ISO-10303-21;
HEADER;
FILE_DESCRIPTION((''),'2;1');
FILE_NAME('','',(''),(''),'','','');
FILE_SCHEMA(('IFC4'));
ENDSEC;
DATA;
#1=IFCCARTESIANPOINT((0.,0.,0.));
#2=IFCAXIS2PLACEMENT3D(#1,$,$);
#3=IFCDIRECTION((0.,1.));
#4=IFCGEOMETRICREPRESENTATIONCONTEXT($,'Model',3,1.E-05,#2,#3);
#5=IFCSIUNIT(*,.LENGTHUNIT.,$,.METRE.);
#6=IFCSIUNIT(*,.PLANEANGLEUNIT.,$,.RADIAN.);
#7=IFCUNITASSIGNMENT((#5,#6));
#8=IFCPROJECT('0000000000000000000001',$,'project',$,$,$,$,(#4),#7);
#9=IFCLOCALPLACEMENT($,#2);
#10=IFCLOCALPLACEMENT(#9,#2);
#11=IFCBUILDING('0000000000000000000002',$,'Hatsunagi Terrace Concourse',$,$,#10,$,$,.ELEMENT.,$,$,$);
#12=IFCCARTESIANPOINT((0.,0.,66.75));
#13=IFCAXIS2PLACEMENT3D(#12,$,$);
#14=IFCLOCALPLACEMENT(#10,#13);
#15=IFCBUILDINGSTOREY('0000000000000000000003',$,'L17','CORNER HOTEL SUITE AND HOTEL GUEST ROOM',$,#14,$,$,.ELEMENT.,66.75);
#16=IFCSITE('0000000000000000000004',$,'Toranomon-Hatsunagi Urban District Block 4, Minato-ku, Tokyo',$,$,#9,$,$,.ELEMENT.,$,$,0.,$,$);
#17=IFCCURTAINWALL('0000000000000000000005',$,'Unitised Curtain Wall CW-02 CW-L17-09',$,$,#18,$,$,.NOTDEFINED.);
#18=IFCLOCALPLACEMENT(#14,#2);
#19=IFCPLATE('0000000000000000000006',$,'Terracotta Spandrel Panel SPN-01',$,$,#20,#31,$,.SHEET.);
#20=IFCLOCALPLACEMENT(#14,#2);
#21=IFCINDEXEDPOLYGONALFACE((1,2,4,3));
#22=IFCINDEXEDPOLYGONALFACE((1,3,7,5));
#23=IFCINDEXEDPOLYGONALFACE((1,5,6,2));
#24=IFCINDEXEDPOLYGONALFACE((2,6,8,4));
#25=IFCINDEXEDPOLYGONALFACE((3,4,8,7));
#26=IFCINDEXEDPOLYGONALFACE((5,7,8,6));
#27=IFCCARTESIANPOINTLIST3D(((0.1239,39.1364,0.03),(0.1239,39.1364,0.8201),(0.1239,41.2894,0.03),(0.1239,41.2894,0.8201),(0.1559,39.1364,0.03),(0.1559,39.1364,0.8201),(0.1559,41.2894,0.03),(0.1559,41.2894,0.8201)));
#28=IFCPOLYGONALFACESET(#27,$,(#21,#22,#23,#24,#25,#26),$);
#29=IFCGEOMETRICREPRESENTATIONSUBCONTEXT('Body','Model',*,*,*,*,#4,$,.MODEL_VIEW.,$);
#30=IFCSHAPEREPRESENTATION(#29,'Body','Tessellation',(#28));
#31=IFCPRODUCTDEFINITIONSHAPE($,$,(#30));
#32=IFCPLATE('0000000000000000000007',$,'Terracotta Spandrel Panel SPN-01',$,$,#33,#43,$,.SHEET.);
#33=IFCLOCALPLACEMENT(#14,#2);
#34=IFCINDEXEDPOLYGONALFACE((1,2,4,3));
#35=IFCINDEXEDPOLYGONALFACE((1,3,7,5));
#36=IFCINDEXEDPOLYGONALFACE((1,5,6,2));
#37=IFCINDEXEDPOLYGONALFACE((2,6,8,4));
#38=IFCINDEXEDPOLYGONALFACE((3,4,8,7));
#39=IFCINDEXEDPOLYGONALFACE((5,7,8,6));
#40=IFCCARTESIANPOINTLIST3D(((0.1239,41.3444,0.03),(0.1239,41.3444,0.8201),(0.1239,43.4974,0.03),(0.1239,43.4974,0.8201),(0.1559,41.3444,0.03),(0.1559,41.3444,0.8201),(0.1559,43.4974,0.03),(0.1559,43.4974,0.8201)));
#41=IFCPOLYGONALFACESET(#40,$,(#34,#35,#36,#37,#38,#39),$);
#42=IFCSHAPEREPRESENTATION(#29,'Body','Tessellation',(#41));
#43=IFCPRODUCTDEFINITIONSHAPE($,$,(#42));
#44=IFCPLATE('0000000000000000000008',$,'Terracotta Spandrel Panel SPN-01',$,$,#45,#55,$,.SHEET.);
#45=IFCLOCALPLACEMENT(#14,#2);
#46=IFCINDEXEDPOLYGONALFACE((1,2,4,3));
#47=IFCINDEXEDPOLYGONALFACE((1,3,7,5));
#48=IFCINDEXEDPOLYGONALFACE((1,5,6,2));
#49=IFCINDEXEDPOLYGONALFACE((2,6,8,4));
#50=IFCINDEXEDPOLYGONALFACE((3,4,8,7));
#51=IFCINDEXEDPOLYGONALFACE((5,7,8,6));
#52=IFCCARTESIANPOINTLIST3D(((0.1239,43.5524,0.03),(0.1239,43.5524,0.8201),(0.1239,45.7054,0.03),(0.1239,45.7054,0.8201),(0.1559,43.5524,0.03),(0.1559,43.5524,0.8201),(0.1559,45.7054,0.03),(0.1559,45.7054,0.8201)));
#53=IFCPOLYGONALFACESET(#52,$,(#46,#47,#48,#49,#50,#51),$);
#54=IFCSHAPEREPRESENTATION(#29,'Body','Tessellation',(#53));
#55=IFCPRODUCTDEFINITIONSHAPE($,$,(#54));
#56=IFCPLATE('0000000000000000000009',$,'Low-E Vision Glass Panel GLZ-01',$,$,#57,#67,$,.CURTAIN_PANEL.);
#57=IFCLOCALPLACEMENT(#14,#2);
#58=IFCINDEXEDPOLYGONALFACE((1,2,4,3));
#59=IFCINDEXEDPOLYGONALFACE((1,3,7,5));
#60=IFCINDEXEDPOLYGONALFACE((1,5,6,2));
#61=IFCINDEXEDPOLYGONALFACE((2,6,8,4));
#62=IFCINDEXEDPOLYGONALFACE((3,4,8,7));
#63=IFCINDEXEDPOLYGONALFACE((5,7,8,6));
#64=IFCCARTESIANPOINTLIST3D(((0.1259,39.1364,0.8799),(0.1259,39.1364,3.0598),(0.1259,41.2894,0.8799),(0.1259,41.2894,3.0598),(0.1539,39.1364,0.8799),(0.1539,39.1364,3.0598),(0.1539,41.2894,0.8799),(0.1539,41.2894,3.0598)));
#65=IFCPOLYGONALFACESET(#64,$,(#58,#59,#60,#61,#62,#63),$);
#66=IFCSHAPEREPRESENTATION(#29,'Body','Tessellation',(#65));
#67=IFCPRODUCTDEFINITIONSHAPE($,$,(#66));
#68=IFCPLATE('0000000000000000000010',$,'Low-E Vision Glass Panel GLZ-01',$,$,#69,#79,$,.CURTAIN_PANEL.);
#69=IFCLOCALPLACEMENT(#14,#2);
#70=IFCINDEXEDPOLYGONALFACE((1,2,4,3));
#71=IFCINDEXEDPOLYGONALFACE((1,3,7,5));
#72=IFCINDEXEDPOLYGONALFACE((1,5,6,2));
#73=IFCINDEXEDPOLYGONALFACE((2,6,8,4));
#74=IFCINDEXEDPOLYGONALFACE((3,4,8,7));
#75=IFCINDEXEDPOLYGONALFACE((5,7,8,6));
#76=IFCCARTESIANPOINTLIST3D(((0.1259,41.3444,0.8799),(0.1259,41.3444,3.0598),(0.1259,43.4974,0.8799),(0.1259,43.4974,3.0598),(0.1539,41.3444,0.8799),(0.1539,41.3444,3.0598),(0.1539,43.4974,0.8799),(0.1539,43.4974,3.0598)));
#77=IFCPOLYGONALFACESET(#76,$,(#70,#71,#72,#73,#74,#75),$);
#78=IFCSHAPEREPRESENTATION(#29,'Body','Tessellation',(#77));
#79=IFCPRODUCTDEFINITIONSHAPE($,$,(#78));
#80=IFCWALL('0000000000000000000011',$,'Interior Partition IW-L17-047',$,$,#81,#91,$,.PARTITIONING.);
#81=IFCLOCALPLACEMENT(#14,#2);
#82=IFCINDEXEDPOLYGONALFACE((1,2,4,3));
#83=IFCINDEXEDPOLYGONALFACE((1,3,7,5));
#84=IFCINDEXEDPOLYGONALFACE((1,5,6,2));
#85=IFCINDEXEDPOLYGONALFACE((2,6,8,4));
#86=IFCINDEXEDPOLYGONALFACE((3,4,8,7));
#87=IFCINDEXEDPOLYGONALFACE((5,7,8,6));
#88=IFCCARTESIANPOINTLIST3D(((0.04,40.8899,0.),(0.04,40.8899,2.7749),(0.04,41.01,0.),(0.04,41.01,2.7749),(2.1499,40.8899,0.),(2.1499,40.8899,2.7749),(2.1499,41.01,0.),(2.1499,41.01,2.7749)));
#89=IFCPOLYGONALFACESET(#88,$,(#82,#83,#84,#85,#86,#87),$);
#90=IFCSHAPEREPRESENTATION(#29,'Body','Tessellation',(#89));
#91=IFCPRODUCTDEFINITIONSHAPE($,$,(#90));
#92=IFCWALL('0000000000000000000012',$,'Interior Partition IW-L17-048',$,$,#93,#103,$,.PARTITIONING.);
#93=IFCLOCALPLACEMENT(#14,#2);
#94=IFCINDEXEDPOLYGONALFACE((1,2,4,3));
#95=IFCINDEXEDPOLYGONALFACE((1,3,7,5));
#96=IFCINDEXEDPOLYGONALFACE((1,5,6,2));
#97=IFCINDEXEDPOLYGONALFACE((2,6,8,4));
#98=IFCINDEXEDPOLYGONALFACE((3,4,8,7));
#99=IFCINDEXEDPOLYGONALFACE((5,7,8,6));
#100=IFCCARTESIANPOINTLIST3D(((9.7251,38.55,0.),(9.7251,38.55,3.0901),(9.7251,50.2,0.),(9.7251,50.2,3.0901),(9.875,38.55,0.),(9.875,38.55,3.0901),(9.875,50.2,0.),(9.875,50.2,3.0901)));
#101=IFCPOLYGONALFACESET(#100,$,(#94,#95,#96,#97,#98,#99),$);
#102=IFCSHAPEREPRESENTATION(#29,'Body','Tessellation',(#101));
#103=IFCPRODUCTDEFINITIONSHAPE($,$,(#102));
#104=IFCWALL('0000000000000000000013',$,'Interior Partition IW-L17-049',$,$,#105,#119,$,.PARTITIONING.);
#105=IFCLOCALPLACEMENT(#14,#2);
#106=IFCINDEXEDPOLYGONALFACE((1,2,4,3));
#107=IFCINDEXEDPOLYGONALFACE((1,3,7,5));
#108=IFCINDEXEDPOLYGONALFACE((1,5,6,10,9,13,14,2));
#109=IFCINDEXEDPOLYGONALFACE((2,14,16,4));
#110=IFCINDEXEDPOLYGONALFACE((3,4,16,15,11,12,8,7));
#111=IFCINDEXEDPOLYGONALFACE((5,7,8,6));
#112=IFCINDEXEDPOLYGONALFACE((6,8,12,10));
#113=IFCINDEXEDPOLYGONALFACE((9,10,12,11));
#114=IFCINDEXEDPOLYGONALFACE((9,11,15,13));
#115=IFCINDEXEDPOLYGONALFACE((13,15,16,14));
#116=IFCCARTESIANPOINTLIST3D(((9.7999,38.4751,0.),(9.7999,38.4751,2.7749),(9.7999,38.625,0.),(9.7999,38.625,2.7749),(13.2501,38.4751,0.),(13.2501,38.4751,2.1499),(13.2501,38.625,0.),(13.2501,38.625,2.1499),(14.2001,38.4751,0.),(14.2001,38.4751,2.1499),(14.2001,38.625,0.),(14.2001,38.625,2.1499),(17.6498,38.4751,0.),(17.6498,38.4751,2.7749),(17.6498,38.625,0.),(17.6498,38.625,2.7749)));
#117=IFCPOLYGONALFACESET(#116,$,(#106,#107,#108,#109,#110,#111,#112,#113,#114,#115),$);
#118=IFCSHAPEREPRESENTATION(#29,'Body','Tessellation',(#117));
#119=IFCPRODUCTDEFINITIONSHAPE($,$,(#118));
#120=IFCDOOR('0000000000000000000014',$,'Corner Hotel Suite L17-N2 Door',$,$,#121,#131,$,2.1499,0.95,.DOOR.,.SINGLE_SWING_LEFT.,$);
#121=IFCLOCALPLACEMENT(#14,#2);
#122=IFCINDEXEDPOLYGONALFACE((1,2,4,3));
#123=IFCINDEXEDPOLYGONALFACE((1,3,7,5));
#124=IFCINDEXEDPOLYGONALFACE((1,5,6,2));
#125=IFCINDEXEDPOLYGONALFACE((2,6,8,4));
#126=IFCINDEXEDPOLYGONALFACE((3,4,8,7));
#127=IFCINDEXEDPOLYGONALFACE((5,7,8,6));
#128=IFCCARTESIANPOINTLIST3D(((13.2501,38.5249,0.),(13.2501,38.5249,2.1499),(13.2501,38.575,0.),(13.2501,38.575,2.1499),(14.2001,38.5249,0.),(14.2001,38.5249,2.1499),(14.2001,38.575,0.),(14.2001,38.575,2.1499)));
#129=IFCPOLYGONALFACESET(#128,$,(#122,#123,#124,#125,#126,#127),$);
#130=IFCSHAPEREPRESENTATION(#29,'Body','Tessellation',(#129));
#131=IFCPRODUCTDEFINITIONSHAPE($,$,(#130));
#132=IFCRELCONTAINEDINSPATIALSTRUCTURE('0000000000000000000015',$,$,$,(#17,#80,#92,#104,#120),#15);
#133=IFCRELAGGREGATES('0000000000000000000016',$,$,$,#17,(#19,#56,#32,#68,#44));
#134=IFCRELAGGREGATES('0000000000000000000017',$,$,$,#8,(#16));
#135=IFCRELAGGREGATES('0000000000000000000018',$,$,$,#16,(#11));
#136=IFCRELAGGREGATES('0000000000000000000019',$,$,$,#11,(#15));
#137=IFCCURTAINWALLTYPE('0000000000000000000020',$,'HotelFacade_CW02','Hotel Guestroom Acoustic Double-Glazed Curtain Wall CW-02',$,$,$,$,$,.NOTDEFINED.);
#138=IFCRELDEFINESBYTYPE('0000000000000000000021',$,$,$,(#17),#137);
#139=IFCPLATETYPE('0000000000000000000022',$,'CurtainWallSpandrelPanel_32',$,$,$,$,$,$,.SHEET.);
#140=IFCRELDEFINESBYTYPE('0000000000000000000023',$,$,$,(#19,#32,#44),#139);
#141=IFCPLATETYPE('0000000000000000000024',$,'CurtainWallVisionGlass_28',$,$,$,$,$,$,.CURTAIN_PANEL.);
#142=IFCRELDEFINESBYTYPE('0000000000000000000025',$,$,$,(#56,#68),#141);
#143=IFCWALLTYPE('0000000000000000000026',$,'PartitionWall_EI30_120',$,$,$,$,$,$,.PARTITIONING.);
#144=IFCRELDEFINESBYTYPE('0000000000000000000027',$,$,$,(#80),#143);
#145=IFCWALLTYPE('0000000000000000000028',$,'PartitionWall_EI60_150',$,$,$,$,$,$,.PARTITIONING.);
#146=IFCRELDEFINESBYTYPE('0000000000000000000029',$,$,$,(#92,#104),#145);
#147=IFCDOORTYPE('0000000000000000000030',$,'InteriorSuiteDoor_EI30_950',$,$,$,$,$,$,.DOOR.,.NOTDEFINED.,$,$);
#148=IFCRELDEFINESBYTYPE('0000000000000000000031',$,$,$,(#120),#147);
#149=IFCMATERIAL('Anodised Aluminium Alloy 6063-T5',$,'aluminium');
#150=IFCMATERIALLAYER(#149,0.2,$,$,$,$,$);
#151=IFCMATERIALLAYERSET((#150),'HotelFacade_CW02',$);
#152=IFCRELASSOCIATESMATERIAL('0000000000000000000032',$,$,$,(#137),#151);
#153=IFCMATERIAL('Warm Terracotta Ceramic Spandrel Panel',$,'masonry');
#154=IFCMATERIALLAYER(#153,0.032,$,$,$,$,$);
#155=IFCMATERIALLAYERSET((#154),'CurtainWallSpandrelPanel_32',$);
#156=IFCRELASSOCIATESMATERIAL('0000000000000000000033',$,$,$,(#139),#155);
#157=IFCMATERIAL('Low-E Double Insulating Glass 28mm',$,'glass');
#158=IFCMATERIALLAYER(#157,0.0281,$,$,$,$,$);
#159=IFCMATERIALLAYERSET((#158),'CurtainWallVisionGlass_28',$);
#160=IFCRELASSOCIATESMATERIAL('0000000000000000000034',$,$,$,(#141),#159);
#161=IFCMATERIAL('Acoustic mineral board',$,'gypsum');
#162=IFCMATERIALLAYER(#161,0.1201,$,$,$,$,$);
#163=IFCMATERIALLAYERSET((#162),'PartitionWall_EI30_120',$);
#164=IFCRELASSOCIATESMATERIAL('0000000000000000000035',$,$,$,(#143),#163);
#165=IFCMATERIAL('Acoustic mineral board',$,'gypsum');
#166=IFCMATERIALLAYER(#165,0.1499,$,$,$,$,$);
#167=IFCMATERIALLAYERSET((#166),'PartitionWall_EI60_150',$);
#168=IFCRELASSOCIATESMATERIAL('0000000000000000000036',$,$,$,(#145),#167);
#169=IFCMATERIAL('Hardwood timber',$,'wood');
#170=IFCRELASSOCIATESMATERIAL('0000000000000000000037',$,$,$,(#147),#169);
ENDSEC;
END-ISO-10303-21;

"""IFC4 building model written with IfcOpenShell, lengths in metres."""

from ifc_helpers import new_model, si_unit, direction, frame, frame_2d, origin, origin_2d, place, context, subcontext, project, spatial, rectangle, extrude, material, layer, layer_set, type_object, element, fill, aggregate, save


model = new_model("IFC4")

# Units and contexts
model_context = context("Model", 3, precision=1e-05, world=origin(), true_north=direction((0.0, 1.0)))
body_context = subcontext(model_context, "Body", "Model", "MODEL_VIEW")
ifc_project = project(units=[si_unit("LENGTHUNIT", "METRE"), si_unit("PLANEANGLEUNIT", "RADIAN")], contexts=[model_context])

# Site, building, storey
site_placement = place(None, origin())
site = spatial("IfcSite", under=ifc_project, at=site_placement, Name="Toranomon-Hatsunagi Urban District Block 4, Minato-ku, Tokyo", CompositionType="ELEMENT", RefElevation=0.0)
building_placement = place(site_placement, origin())
building = spatial("IfcBuilding", under=site, at=building_placement, Name="Hatsunagi Terrace Concourse", CompositionType="ELEMENT")
storey_placement = place(building_placement, frame((0.0, 0.0, 66.75)))
storey = spatial("IfcBuildingStorey", under=building, at=storey_placement, Name="L17", Description="CORNER HOTEL SUITE AND HOTEL GUEST ROOM", CompositionType="ELEMENT", Elevation=66.75)

# Curtain wall
ifc_material_1 = material(Name="Anodised Aluminium Alloy 6063-T5", Category="aluminium")
ifc_layer_1 = layer(ifc_material_1, 0.2)
ifc_layer_set_1 = layer_set([ifc_layer_1], Name="HotelFacade_CW02")
curtain_wall_type = type_object("IfcCurtainWallType", Name="HotelFacade_CW02", Description="Hotel Guestroom Acoustic Double-Glazed Curtain Wall CW-02", PredefinedType="NOTDEFINED", material=ifc_layer_set_1)
curtain_wall_placement = place(storey_placement, origin())
curtain_wall = element("IfcCurtainWall", 1, at=curtain_wall_placement, inside=storey, type_object=curtain_wall_type, Name="Unitised Curtain Wall CW-02 CW-L17-09", PredefinedType="NOTDEFINED")

# Plates
ifc_material_2 = material(Name="Warm Terracotta Ceramic Spandrel Panel", Category="masonry")
ifc_layer_2 = layer(ifc_material_2, 0.032)
ifc_layer_set_2 = layer_set([ifc_layer_2], Name="CurtainWallSpandrelPanel_32")
plate_type_1 = type_object("IfcPlateType", Name="CurtainWallSpandrelPanel_32", PredefinedType="SHEET", material=ifc_layer_set_2)
plate_1_placement = place(storey_placement, frame((0.1399, 40.2129, 0.03), z_axis=(0.0, 0.0, 1.0), x_axis=(0.0, 1.0, 0.0)))
plate_1 = element("IfcPlate", 2, at=plate_1_placement, type_object=plate_type_1, Name="Terracotta Spandrel Panel SPN-01", PredefinedType="SHEET", context=body_context, shape_type="SweptSolid", body=[
    extrude(rectangle(XDim=2.1531, YDim=0.032, at=origin_2d()), origin(), (0.0, 0.0, 1.0), 0.79),
])
plate_2_placement = place(storey_placement, frame((0.1399, 42.4209, 0.03), z_axis=(0.0, 0.0, 1.0), x_axis=(0.0, 1.0, 0.0)))
plate_2 = element("IfcPlate", 3, at=plate_2_placement, type_object=plate_type_1, Name="Terracotta Spandrel Panel SPN-01", PredefinedType="SHEET", context=body_context, shape_type="SweptSolid", body=[
    extrude(rectangle(XDim=2.1531, YDim=0.032, at=origin_2d()), origin(), (0.0, 0.0, 1.0), 0.79),
])
plate_3_placement = place(storey_placement, frame((0.1399, 44.6289, 0.03), z_axis=(0.0, 0.0, 1.0), x_axis=(0.0, 1.0, 0.0)))
plate_3 = element("IfcPlate", 4, at=plate_3_placement, type_object=plate_type_1, Name="Terracotta Spandrel Panel SPN-01", PredefinedType="SHEET", context=body_context, shape_type="SweptSolid", body=[
    extrude(rectangle(XDim=2.1531, YDim=0.032, at=origin_2d()), origin(), (0.0, 0.0, 1.0), 0.79),
])
ifc_material_3 = material(Name="Low-E Double Insulating Glass 28mm", Category="glass")
ifc_layer_3 = layer(ifc_material_3, 0.0281)
ifc_layer_set_3 = layer_set([ifc_layer_3], Name="CurtainWallVisionGlass_28")
plate_type_2 = type_object("IfcPlateType", Name="CurtainWallVisionGlass_28", PredefinedType="CURTAIN_PANEL", material=ifc_layer_set_3)
plate_4_placement = place(storey_placement, frame((0.1399, 40.2129, 0.8799), z_axis=(0.0, 0.0, 1.0), x_axis=(0.0, 1.0, 0.0)))
plate_4 = element("IfcPlate", 5, at=plate_4_placement, type_object=plate_type_2, Name="Low-E Vision Glass Panel GLZ-01", PredefinedType="CURTAIN_PANEL", context=body_context, shape_type="SweptSolid", body=[
    extrude(rectangle(XDim=2.1531, YDim=0.0281, at=origin_2d()), origin(), (0.0, 0.0, 1.0), 2.1799),
])
plate_5_placement = place(storey_placement, frame((0.1399, 42.4209, 0.8799), z_axis=(0.0, 0.0, 1.0), x_axis=(0.0, 1.0, 0.0)))
plate_5 = element("IfcPlate", 6, at=plate_5_placement, type_object=plate_type_2, Name="Low-E Vision Glass Panel GLZ-01", PredefinedType="CURTAIN_PANEL", context=body_context, shape_type="SweptSolid", body=[
    extrude(rectangle(XDim=2.1531, YDim=0.0281, at=origin_2d()), origin(), (0.0, 0.0, 1.0), 2.1799),
])
aggregate(curtain_wall, [plate_1, plate_4, plate_2, plate_5, plate_3])

# Walls
ifc_material_4 = material(Name="Acoustic mineral board", Category="gypsum")
ifc_layer_4 = layer(ifc_material_4, 0.1201)
ifc_layer_set_4 = layer_set([ifc_layer_4], Name="PartitionWall_EI30_120")
wall_type_1 = type_object("IfcWallType", Name="PartitionWall_EI30_120", PredefinedType="PARTITIONING", material=ifc_layer_set_4)
wall_1_placement = place(storey_placement, frame((0.04, 40.95, 0.0), z_axis=(0.0, 0.0, 1.0), x_axis=(1.0, 0.0, 0.0)))
element("IfcWall", 7, at=wall_1_placement, inside=storey, type_object=wall_type_1, Name="Interior Partition IW-L17-047", PredefinedType="PARTITIONING", context=body_context, shape_type="SweptSolid", body=[
    extrude(rectangle(XDim=2.1099, YDim=0.1201, at=frame_2d((1.0549, 0.0))), origin(), (0.0, 0.0, 1.0), 2.7749),
])
ifc_material_5 = material(Name="Acoustic mineral board", Category="gypsum")
ifc_layer_5 = layer(ifc_material_5, 0.1499)
ifc_layer_set_5 = layer_set([ifc_layer_5], Name="PartitionWall_EI60_150")
wall_type_2 = type_object("IfcWallType", Name="PartitionWall_EI60_150", PredefinedType="PARTITIONING", material=ifc_layer_set_5)
wall_2_placement = place(storey_placement, frame((9.8, 38.55, 0.0), z_axis=(0.0, 0.0, 1.0), x_axis=(0.0, 1.0, 0.0)))
element("IfcWall", 8, at=wall_2_placement, inside=storey, type_object=wall_type_2, Name="Interior Partition IW-L17-048", PredefinedType="PARTITIONING", context=body_context, shape_type="SweptSolid", body=[
    extrude(rectangle(XDim=11.6499, YDim=0.1499, at=frame_2d((5.825, 0.0))), origin(), (0.0, 0.0, 1.0), 3.0901),
])

# Wall, opening, door
wall_3_placement = place(storey_placement, frame((9.8, 38.55, 0.0), z_axis=(0.0, 0.0, 1.0), x_axis=(1.0, 0.0, 0.0)))
wall_3 = element("IfcWall", 9, at=wall_3_placement, inside=storey, type_object=wall_type_2, Name="Interior Partition IW-L17-049", PredefinedType="PARTITIONING", context=body_context, shape_type="SweptSolid", body=[
    extrude(rectangle(XDim=7.8499, YDim=0.1499, at=frame_2d((3.9248, 0.0))), origin(), (0.0, 0.0, 1.0), 2.7749),
])
opening_placement = place(wall_3_placement, frame((3.45, 0.0, 0.0)))
opening = element("IfcOpeningElement", 10, at=opening_placement, cuts=wall_3, PredefinedType="OPENING", context=body_context, shape_type="SweptSolid", body=[
    extrude(rectangle(XDim=0.95, YDim=2.1499, at=frame_2d((0.4751, 1.075))), frame((0.0, 0.085, 0.0), z_axis=(0.0, -1.0, 0.0), x_axis=(1.0, 0.0, 0.0)), (0.0, 0.0, 1.0), 0.1699),
])
ifc_material_6 = material(Name="Hardwood timber", Category="wood")
door_type = type_object("IfcDoorType", Name="InteriorSuiteDoor_EI30_950", OperationType="NOTDEFINED", PredefinedType="DOOR", material=ifc_material_6)
door_placement = place(opening_placement, origin())
door = element("IfcDoor", 11, at=door_placement, inside=storey, type_object=door_type, Name="Corner Hotel Suite L17-N2 Door", OperationType="SINGLE_SWING_LEFT", OverallHeight=2.1499, OverallWidth=0.95, PredefinedType="DOOR", context=body_context, shape_type="SweptSolid", body=[
    extrude(rectangle(XDim=0.95, YDim=2.1499, at=frame_2d((0.4751, 1.075))), frame((0.0, 0.0249, 0.0), z_axis=(0.0, -1.0, 0.0), x_axis=(1.0, 0.0, 0.0)), (0.0, 0.0, 1.0), 0.05),
])
fill(opening, door)

save(model, "model.ifc")
